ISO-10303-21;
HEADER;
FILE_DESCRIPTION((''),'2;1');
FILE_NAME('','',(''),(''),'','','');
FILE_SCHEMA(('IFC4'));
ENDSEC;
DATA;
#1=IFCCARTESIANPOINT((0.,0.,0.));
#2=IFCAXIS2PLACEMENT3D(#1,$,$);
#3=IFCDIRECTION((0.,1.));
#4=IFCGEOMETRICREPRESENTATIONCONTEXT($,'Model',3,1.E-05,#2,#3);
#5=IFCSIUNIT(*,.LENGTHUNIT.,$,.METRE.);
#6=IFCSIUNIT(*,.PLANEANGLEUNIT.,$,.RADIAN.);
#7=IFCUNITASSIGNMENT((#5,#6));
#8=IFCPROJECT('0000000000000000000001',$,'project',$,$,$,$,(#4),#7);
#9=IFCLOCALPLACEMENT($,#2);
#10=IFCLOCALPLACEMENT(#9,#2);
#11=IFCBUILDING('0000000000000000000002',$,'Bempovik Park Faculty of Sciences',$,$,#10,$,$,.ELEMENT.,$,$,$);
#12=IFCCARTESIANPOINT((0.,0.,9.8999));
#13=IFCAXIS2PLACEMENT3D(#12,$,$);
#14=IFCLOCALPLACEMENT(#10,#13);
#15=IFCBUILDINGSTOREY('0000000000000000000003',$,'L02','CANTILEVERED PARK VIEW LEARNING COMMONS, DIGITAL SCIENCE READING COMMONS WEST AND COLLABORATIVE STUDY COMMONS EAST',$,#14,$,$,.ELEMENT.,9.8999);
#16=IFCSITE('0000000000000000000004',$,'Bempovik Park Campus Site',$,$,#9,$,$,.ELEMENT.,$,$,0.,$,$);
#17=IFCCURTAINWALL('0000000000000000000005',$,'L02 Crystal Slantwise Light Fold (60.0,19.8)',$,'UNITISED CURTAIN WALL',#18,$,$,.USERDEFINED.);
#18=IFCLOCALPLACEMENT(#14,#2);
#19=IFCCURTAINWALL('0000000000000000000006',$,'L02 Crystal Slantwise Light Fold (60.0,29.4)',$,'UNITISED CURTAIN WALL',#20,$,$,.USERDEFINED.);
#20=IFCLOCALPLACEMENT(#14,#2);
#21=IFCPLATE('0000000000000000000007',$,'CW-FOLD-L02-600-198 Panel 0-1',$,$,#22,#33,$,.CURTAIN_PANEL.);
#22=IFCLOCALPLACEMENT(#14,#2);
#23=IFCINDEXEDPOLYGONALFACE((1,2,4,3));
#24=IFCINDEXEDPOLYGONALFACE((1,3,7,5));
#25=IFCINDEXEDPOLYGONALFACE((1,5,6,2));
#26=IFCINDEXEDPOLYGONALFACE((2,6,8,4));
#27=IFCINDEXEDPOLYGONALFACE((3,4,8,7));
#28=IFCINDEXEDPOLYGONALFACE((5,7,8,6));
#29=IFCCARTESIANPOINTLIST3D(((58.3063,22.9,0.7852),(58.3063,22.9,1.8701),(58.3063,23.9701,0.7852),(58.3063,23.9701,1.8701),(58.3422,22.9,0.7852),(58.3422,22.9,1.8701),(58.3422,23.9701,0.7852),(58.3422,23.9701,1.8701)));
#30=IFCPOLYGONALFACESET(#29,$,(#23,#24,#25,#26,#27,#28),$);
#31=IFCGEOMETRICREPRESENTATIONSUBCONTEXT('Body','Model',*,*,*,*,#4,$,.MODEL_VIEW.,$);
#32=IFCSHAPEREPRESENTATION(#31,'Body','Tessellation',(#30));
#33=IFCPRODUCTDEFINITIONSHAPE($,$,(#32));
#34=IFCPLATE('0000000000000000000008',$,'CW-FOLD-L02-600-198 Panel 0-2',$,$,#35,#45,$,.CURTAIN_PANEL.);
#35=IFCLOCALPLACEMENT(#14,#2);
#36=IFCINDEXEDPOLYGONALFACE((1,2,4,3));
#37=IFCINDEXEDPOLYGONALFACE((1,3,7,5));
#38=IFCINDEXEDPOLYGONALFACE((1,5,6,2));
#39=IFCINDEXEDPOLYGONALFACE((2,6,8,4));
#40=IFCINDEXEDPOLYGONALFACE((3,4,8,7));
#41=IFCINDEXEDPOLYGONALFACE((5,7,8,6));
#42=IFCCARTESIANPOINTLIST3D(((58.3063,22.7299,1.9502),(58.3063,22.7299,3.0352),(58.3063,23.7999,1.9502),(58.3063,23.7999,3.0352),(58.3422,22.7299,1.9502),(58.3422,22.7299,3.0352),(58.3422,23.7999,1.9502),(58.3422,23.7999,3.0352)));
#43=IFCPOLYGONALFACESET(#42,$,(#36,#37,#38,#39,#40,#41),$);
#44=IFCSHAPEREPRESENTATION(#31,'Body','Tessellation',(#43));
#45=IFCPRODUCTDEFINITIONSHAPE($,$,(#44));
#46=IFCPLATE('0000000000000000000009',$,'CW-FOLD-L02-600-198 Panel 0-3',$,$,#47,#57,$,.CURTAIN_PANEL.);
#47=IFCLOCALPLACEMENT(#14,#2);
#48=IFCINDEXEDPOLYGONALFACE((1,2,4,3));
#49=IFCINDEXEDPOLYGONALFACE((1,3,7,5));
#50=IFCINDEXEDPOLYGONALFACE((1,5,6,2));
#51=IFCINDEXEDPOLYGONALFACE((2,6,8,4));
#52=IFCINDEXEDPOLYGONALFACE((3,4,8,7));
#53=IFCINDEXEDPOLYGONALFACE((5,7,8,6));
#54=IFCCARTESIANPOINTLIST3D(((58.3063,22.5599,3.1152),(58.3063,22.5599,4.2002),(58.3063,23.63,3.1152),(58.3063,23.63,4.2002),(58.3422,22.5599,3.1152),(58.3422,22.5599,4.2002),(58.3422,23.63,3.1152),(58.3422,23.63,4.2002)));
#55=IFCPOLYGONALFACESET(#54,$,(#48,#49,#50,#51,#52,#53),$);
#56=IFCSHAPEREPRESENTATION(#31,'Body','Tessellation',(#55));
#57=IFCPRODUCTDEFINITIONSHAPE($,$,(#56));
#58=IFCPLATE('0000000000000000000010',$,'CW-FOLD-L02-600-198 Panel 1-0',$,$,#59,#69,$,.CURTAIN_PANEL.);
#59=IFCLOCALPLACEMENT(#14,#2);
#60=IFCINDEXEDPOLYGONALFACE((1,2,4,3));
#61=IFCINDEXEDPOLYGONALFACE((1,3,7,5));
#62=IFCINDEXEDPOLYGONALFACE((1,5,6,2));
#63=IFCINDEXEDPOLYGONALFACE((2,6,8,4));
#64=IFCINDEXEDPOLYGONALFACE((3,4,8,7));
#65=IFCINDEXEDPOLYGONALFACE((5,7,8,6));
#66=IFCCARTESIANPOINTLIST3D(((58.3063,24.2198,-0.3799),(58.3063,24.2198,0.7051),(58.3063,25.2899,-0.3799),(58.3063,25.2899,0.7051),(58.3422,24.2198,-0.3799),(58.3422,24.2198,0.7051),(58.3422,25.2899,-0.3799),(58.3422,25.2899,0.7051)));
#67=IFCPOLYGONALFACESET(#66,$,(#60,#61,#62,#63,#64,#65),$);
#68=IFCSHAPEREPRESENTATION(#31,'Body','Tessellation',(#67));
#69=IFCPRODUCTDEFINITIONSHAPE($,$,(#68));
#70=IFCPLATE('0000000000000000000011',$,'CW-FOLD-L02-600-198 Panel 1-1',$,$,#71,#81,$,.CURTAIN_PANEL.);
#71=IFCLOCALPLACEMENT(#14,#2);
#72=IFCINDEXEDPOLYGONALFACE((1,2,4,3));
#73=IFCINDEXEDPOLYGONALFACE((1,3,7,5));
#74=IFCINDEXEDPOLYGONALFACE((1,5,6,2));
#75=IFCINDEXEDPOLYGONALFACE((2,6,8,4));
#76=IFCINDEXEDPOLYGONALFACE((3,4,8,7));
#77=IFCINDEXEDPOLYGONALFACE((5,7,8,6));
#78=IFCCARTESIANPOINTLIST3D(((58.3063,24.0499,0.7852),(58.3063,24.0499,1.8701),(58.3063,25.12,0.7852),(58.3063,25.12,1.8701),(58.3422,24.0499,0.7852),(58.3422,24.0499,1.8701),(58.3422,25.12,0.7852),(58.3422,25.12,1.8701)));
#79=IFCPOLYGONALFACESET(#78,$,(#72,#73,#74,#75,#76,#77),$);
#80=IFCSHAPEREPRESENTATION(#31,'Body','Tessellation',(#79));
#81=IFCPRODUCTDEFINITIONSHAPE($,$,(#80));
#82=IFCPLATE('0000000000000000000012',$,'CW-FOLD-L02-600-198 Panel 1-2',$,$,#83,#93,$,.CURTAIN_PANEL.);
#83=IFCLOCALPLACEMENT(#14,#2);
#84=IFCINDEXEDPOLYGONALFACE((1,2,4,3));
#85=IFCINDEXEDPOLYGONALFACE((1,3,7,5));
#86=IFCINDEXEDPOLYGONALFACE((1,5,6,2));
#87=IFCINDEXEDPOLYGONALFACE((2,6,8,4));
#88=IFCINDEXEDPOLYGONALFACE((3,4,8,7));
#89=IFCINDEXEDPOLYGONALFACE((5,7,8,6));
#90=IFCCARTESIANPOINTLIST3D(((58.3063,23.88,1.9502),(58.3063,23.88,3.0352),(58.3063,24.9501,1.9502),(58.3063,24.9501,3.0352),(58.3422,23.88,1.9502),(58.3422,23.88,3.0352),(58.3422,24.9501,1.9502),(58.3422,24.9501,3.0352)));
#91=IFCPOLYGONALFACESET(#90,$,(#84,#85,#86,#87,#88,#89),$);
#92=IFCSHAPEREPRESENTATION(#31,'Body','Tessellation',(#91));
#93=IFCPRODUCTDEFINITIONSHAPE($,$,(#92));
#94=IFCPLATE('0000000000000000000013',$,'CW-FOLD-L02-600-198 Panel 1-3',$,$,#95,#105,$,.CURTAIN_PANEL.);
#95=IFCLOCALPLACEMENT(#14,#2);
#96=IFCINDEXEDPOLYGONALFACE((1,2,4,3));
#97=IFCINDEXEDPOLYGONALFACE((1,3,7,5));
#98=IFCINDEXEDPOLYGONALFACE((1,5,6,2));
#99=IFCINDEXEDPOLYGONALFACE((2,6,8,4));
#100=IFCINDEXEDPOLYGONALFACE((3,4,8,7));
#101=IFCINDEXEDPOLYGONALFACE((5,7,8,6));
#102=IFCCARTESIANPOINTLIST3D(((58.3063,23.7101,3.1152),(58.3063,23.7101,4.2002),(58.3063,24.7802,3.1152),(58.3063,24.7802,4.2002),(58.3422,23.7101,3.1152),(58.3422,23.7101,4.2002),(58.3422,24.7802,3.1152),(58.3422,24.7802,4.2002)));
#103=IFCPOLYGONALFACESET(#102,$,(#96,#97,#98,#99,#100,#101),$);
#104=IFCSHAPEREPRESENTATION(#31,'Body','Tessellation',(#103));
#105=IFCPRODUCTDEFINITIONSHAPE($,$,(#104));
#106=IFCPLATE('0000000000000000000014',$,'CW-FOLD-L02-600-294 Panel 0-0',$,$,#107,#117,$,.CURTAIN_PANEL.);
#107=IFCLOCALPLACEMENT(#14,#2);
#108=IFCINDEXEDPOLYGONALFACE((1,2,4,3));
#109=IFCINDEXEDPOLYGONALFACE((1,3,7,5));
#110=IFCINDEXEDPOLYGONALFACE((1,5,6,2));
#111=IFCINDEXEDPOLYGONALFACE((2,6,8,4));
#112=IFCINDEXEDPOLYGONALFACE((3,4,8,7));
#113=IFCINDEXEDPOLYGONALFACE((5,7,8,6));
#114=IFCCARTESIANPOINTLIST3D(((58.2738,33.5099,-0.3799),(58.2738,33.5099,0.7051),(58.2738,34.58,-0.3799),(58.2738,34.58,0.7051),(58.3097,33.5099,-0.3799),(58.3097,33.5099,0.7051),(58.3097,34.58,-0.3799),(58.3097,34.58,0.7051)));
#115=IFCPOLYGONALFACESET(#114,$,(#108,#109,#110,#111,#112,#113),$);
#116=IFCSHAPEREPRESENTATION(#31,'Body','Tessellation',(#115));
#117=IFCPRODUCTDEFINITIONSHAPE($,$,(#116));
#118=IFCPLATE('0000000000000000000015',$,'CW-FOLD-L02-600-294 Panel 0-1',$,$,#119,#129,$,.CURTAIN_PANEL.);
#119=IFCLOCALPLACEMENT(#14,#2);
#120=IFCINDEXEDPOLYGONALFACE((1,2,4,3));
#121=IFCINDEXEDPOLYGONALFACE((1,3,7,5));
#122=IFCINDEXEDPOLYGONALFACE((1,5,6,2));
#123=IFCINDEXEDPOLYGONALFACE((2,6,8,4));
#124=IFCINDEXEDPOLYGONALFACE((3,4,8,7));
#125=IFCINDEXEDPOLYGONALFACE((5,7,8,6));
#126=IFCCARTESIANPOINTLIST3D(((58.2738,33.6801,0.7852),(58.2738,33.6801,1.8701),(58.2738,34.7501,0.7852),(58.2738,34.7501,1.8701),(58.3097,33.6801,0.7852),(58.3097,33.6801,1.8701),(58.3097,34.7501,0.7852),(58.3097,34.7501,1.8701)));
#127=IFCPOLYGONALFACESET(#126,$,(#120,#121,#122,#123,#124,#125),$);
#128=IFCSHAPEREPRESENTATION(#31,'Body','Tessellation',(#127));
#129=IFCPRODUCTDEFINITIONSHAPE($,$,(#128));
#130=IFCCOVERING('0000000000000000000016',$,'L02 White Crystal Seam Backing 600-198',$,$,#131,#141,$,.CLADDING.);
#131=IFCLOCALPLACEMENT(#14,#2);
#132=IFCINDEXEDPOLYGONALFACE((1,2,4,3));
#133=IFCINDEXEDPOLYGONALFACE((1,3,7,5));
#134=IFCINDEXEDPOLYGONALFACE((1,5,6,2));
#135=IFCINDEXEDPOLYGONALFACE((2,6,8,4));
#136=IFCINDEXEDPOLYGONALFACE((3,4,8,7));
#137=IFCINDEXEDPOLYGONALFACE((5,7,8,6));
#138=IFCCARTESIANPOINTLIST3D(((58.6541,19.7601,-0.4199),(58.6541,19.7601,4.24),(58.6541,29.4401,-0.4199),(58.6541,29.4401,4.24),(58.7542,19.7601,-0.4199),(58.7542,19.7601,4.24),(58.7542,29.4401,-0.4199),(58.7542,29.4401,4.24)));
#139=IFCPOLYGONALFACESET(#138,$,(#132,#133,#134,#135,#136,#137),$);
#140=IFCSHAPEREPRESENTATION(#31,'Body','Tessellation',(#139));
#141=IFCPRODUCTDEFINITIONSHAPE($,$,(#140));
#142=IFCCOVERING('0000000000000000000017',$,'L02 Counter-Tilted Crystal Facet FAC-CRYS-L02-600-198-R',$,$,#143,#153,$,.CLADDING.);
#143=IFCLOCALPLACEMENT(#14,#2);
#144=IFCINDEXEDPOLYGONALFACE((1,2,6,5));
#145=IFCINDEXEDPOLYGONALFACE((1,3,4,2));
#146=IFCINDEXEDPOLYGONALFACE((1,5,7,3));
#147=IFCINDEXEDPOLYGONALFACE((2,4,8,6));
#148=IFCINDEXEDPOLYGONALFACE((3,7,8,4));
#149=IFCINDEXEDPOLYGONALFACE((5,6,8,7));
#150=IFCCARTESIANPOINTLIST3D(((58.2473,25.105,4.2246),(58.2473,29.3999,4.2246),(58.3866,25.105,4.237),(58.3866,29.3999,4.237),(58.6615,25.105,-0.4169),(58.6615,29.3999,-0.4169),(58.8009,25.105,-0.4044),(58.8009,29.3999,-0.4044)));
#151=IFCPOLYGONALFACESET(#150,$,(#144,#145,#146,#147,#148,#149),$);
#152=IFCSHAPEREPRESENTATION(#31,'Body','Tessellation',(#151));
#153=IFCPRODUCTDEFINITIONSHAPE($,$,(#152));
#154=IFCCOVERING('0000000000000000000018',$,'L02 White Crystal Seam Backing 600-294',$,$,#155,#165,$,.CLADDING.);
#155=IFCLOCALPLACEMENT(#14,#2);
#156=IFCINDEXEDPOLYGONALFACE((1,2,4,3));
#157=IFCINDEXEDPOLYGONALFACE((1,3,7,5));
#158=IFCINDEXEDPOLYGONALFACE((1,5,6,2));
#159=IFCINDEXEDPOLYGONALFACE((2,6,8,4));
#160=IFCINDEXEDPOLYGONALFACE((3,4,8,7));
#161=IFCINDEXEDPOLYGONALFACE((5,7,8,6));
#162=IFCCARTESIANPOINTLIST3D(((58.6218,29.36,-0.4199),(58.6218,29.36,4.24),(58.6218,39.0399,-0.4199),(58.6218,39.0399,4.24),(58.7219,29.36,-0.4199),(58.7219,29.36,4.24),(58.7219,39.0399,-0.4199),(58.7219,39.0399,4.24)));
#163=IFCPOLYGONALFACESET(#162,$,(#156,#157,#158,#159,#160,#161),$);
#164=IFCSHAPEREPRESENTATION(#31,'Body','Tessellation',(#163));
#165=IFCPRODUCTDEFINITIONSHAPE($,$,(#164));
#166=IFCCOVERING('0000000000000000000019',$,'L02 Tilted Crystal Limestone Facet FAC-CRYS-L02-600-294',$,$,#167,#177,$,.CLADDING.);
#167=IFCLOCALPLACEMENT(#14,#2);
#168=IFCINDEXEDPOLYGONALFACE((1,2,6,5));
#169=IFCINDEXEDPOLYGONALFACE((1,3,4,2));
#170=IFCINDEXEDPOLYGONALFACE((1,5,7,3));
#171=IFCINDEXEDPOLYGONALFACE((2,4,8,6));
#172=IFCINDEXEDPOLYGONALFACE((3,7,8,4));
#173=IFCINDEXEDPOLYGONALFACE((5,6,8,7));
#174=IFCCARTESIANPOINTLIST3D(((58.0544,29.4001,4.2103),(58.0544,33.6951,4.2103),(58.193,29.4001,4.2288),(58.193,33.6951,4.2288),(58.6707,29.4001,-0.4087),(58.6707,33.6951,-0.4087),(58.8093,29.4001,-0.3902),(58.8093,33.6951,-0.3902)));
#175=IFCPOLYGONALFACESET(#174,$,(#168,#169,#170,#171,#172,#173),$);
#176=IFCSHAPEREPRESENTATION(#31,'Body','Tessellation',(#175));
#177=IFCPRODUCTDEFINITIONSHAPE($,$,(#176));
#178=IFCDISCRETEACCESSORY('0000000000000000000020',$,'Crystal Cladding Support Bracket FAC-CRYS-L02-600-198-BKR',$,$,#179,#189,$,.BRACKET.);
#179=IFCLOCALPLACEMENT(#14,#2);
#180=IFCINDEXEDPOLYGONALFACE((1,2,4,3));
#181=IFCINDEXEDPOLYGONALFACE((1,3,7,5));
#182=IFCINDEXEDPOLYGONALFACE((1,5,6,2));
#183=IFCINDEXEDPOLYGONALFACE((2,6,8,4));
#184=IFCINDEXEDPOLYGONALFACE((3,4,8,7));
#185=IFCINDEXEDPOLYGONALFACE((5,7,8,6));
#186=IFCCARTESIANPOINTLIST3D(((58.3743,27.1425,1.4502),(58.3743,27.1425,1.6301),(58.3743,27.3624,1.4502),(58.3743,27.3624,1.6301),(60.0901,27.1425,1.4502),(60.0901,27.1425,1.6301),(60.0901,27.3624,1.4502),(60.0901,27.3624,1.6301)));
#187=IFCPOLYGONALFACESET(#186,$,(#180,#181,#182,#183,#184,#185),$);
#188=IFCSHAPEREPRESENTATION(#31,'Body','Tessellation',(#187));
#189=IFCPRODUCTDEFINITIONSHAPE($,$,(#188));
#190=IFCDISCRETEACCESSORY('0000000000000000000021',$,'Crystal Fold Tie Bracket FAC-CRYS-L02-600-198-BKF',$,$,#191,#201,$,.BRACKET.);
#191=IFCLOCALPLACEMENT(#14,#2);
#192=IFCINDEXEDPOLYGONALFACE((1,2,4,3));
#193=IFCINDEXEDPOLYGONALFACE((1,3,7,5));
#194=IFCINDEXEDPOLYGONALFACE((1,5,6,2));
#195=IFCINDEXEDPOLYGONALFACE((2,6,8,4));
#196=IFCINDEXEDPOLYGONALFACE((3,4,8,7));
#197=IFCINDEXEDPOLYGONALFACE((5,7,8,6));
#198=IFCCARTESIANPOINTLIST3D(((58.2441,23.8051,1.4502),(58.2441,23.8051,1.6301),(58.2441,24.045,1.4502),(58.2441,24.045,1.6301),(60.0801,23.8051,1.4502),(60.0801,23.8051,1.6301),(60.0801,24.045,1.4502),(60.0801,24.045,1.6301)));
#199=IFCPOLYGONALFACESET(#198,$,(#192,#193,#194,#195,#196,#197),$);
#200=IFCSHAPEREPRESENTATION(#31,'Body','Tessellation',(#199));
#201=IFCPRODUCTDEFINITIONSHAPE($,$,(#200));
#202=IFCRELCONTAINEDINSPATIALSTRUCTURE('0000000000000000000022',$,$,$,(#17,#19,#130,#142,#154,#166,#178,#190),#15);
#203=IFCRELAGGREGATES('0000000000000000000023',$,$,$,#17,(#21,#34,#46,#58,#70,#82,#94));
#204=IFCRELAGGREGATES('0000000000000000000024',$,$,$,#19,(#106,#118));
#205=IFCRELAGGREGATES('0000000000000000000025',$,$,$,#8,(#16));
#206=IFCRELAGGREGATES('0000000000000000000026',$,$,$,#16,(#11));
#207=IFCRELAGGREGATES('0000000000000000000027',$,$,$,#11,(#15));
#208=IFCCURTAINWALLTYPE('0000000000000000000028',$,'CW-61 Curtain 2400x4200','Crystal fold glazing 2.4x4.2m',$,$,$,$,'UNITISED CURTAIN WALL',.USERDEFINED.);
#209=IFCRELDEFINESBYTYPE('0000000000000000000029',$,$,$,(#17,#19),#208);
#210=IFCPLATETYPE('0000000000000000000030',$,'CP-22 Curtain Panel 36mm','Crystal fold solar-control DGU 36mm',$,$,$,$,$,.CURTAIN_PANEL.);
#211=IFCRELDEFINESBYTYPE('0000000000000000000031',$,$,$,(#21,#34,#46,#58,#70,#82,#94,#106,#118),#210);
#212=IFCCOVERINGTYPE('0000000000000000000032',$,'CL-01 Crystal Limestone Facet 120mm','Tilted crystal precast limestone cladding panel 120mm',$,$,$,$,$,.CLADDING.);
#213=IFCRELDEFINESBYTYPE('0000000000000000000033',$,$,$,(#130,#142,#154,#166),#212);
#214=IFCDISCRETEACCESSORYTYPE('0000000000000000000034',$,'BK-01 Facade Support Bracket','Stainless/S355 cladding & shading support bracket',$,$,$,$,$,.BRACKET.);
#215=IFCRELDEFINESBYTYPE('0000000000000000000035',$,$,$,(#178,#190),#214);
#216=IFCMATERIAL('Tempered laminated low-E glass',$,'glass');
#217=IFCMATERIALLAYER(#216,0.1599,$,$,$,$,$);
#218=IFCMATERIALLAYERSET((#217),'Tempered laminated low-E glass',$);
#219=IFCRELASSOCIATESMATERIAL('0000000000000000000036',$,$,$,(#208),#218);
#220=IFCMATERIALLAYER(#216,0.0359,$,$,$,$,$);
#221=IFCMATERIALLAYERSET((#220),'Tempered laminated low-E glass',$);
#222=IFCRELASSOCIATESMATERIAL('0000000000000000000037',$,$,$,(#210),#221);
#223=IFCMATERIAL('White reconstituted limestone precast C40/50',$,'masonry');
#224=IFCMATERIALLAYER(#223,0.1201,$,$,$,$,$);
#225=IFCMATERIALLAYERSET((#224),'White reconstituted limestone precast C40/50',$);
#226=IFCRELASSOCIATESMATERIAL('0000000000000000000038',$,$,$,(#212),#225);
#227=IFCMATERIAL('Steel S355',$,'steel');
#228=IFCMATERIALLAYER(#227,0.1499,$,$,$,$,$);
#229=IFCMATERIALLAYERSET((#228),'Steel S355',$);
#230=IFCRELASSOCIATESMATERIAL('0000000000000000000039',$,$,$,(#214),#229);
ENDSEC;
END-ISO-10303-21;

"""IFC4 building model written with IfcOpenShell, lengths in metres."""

from ifc_helpers import new_model, si_unit, direction, frame, origin, origin_2d, place, context, subcontext, project, spatial, rectangle, extrude, material, layer, layer_set, type_object, element, aggregate, save


model = new_model("IFC4")

# Units and contexts
model_context = context("Model", 3, precision=1e-05, world=origin(), true_north=direction((0.0, 1.0)))
body_context = subcontext(model_context, "Body", "Model", "MODEL_VIEW")
ifc_project = project(units=[si_unit("LENGTHUNIT", "METRE"), si_unit("PLANEANGLEUNIT", "RADIAN")], contexts=[model_context])

# Site, building, storey
site_placement = place(None, origin())
site = spatial("IfcSite", under=ifc_project, at=site_placement, Name="Bempovik Park Campus Site", CompositionType="ELEMENT", RefElevation=0.0)
building_placement = place(site_placement, origin())
building = spatial("IfcBuilding", under=site, at=building_placement, Name="Bempovik Park Faculty of Sciences", CompositionType="ELEMENT")
storey_placement = place(building_placement, frame((0.0, 0.0, 9.8999)))
storey = spatial("IfcBuildingStorey", under=building, at=storey_placement, Name="L02", Description="CANTILEVERED PARK VIEW LEARNING COMMONS, DIGITAL SCIENCE READING COMMONS WEST AND COLLABORATIVE STUDY COMMONS EAST", CompositionType="ELEMENT", Elevation=9.8999)

# Curtain wall
ifc_material_1 = material(Name="Tempered laminated low-E glass", Category="glass")
ifc_layer_1 = layer(ifc_material_1, 0.1599)
ifc_layer_set_1 = layer_set([ifc_layer_1], Name="Tempered laminated low-E glass")
curtain_wall_type = type_object("IfcCurtainWallType", Name="CW-61 Curtain 2400x4200", Description="Crystal fold glazing 2.4x4.2m", ElementType="UNITISED CURTAIN WALL", PredefinedType="USERDEFINED", material=ifc_layer_set_1)
curtain_wall_1_placement = place(storey_placement, origin())
curtain_wall_1 = element("IfcCurtainWall", 1, at=curtain_wall_1_placement, inside=storey, type_object=curtain_wall_type, Name="L02 Crystal Slantwise Light Fold (60.0,19.8)", ObjectType="UNITISED CURTAIN WALL", PredefinedType="USERDEFINED")

# Curtain wall
curtain_wall_2_placement = place(storey_placement, origin())
curtain_wall_2 = element("IfcCurtainWall", 2, at=curtain_wall_2_placement, inside=storey, type_object=curtain_wall_type, Name="L02 Crystal Slantwise Light Fold (60.0,29.4)", ObjectType="UNITISED CURTAIN WALL", PredefinedType="USERDEFINED")

# Plates
ifc_layer_2 = layer(ifc_material_1, 0.0359)
ifc_layer_set_2 = layer_set([ifc_layer_2], Name="Tempered laminated low-E glass")
plate_type = type_object("IfcPlateType", Name="CP-22 Curtain Panel 36mm", Description="Crystal fold solar-control DGU 36mm", PredefinedType="CURTAIN_PANEL", material=ifc_layer_set_2)
plate_1_placement = place(storey_placement, frame((58.3242, 23.4351, 0.7852), z_axis=(0.0, 0.0, 1.0), x_axis=(0.0, 1.0, 0.0)))
plate_1 = element("IfcPlate", 3, at=plate_1_placement, type_object=plate_type, Name="CW-FOLD-L02-600-198 Panel 0-1", PredefinedType="CURTAIN_PANEL", context=body_context, shape_type="SweptSolid", body=[
    extrude(rectangle(XDim=1.0701, YDim=0.0359, at=origin_2d()), origin(), (0.0, 0.0, 1.0), 1.085),
])
plate_2_placement = place(storey_placement, frame((58.3242, 23.2649, 1.9502), z_axis=(0.0, 0.0, 1.0), x_axis=(0.0, 1.0, 0.0)))
plate_2 = element("IfcPlate", 4, at=plate_2_placement, type_object=plate_type, Name="CW-FOLD-L02-600-198 Panel 0-2", PredefinedType="CURTAIN_PANEL", context=body_context, shape_type="SweptSolid", body=[
    extrude(rectangle(XDim=1.0701, YDim=0.0359, at=origin_2d()), origin(), (0.0, 0.0, 1.0), 1.085),
])
plate_3_placement = place(storey_placement, frame((58.3242, 23.095, 3.1152), z_axis=(0.0, 0.0, 1.0), x_axis=(0.0, 1.0, 0.0)))
plate_3 = element("IfcPlate", 5, at=plate_3_placement, type_object=plate_type, Name="CW-FOLD-L02-600-198 Panel 0-3", PredefinedType="CURTAIN_PANEL", context=body_context, shape_type="SweptSolid", body=[
    extrude(rectangle(XDim=1.0701, YDim=0.0359, at=origin_2d()), origin(), (0.0, 0.0, 1.0), 1.085),
])
plate_4_placement = place(storey_placement, frame((58.3242, 24.7549, -0.3799), z_axis=(0.0, 0.0, 1.0), x_axis=(0.0, 1.0, 0.0)))
plate_4 = element("IfcPlate", 6, at=plate_4_placement, type_object=plate_type, Name="CW-FOLD-L02-600-198 Panel 1-0", PredefinedType="CURTAIN_PANEL", context=body_context, shape_type="SweptSolid", body=[
    extrude(rectangle(XDim=1.0701, YDim=0.0359, at=origin_2d()), origin(), (0.0, 0.0, 1.0), 1.085),
])
plate_5_placement = place(storey_placement, frame((58.3242, 24.585, 0.7852), z_axis=(0.0, 0.0, 1.0), x_axis=(0.0, 1.0, 0.0)))
plate_5 = element("IfcPlate", 7, at=plate_5_placement, type_object=plate_type, Name="CW-FOLD-L02-600-198 Panel 1-1", PredefinedType="CURTAIN_PANEL", context=body_context, shape_type="SweptSolid", body=[
    extrude(rectangle(XDim=1.0701, YDim=0.0359, at=origin_2d()), origin(), (0.0, 0.0, 1.0), 1.085),
])
plate_6_placement = place(storey_placement, frame((58.3242, 24.415, 1.9502), z_axis=(0.0, 0.0, 1.0), x_axis=(0.0, 1.0, 0.0)))
plate_6 = element("IfcPlate", 8, at=plate_6_placement, type_object=plate_type, Name="CW-FOLD-L02-600-198 Panel 1-2", PredefinedType="CURTAIN_PANEL", context=body_context, shape_type="SweptSolid", body=[
    extrude(rectangle(XDim=1.0701, YDim=0.0359, at=origin_2d()), origin(), (0.0, 0.0, 1.0), 1.085),
])
plate_7_placement = place(storey_placement, frame((58.3242, 24.2451, 3.1152), z_axis=(0.0, 0.0, 1.0), x_axis=(0.0, 1.0, 0.0)))
plate_7 = element("IfcPlate", 9, at=plate_7_placement, type_object=plate_type, Name="CW-FOLD-L02-600-198 Panel 1-3", PredefinedType="CURTAIN_PANEL", context=body_context, shape_type="SweptSolid", body=[
    extrude(rectangle(XDim=1.0701, YDim=0.0359, at=origin_2d()), origin(), (0.0, 0.0, 1.0), 1.085),
])
aggregate(curtain_wall_1, [plate_1, plate_2, plate_3, plate_4, plate_5, plate_6, plate_7])
plate_8_placement = place(storey_placement, frame((58.2917, 34.0449, -0.3799), z_axis=(0.0, 0.0, 1.0), x_axis=(0.0, 1.0, 0.0)))
plate_8 = element("IfcPlate", 10, at=plate_8_placement, type_object=plate_type, Name="CW-FOLD-L02-600-294 Panel 0-0", PredefinedType="CURTAIN_PANEL", context=body_context, shape_type="SweptSolid", body=[
    extrude(rectangle(XDim=1.0701, YDim=0.0359, at=origin_2d()), origin(), (0.0, 0.0, 1.0), 1.085),
])
plate_9_placement = place(storey_placement, frame((58.2917, 34.2151, 0.7852), z_axis=(0.0, 0.0, 1.0), x_axis=(0.0, 1.0, 0.0)))
plate_9 = element("IfcPlate", 11, at=plate_9_placement, type_object=plate_type, Name="CW-FOLD-L02-600-294 Panel 0-1", PredefinedType="CURTAIN_PANEL", context=body_context, shape_type="SweptSolid", body=[
    extrude(rectangle(XDim=1.0701, YDim=0.0359, at=origin_2d()), origin(), (0.0, 0.0, 1.0), 1.085),
])
aggregate(curtain_wall_2, [plate_8, plate_9])

# Coverings
ifc_material_2 = material(Name="White reconstituted limestone precast C40/50", Category="masonry")
ifc_layer_3 = layer(ifc_material_2, 0.1201)
ifc_layer_set_3 = layer_set([ifc_layer_3], Name="White reconstituted limestone precast C40/50")
covering_type = type_object("IfcCoveringType", Name="CL-01 Crystal Limestone Facet 120mm", Description="Tilted crystal precast limestone cladding panel 120mm", PredefinedType="CLADDING", material=ifc_layer_set_3)
covering_1_placement = place(storey_placement, frame((58.7041, 24.6001, -0.4199), z_axis=(0.0, 0.0, 1.0), x_axis=(1.0, 0.0, 0.0)))
element("IfcCovering", 12, at=covering_1_placement, inside=storey, type_object=covering_type, Name="L02 White Crystal Seam Backing 600-198", PredefinedType="CLADDING", context=body_context, shape_type="SweptSolid", body=[
    extrude(rectangle(XDim=0.1001, YDim=9.6799, at=origin_2d()), origin(), (0.0, 0.0, 1.0), 4.6599),
])
covering_2_placement = place(storey_placement, frame((58.7312, 27.2524, -0.4106), z_axis=(-0.088894, 0.0, 0.996041), x_axis=(0.0, 1.0, 0.0)))
element("IfcCovering", 13, at=covering_2_placement, inside=storey, type_object=covering_type, Name="L02 Counter-Tilted Crystal Facet FAC-CRYS-L02-600-198-R", PredefinedType="CLADDING", context=body_context, shape_type="SweptSolid", body=[
    extrude(rectangle(XDim=4.2949, YDim=0.1399, at=origin_2d()), origin(), (0.0, 0.0, 1.0), 4.6599),
])
covering_3_placement = place(storey_placement, frame((58.6719, 34.2, -0.4199), z_axis=(0.0, 0.0, 1.0), x_axis=(1.0, 0.0, 0.0)))
element("IfcCovering", 14, at=covering_3_placement, inside=storey, type_object=covering_type, Name="L02 White Crystal Seam Backing 600-294", PredefinedType="CLADDING", context=body_context, shape_type="SweptSolid", body=[
    extrude(rectangle(XDim=0.1001, YDim=9.6799, at=origin_2d()), origin(), (0.0, 0.0, 1.0), 4.6599),
])
covering_4_placement = place(storey_placement, frame((58.74, 31.5476, -0.3994), z_axis=(-0.132256, 0.0, 0.991216), x_axis=(0.0, 1.0, 0.0)))
element("IfcCovering", 15, at=covering_4_placement, inside=storey, type_object=covering_type, Name="L02 Tilted Crystal Limestone Facet FAC-CRYS-L02-600-294", PredefinedType="CLADDING", context=body_context, shape_type="SweptSolid", body=[
    extrude(rectangle(XDim=4.2949, YDim=0.1399, at=origin_2d()), origin(), (0.0, 0.0, 1.0), 4.6599),
])

# Discrete accessories
ifc_material_3 = material(Name="Steel S355", Category="steel")
ifc_layer_4 = layer(ifc_material_3, 0.1499)
ifc_layer_set_4 = layer_set([ifc_layer_4], Name="Steel S355")
discrete_accessory_type = type_object("IfcDiscreteAccessoryType", Name="BK-01 Facade Support Bracket", Description="Stainless/S355 cladding & shading support bracket", PredefinedType="BRACKET", material=ifc_layer_set_4)
discrete_accessory_1_placement = place(storey_placement, frame((59.2322, 27.2524, 1.4502), z_axis=(0.0, 0.0, 1.0), x_axis=(1.0, 0.0, 0.0)))
element("IfcDiscreteAccessory", 16, at=discrete_accessory_1_placement, inside=storey, type_object=discrete_accessory_type, Name="Crystal Cladding Support Bracket FAC-CRYS-L02-600-198-BKR", PredefinedType="BRACKET", context=body_context, shape_type="SweptSolid", body=[
    extrude(rectangle(XDim=1.7158, YDim=0.22, at=origin_2d()), origin(), (0.0, 0.0, 1.0), 0.1799),
])
discrete_accessory_2_placement = place(storey_placement, frame((59.1621, 23.925, 1.4502), z_axis=(0.0, 0.0, 1.0), x_axis=(1.0, 0.0, 0.0)))
element("IfcDiscreteAccessory", 17, at=discrete_accessory_2_placement, inside=storey, type_object=discrete_accessory_type, Name="Crystal Fold Tie Bracket FAC-CRYS-L02-600-198-BKF", PredefinedType="BRACKET", context=body_context, shape_type="SweptSolid", body=[
    extrude(rectangle(XDim=1.8359, YDim=0.24, at=origin_2d()), origin(), (0.0, 0.0, 1.0), 0.1799),
])

save(model, "model.ifc")
